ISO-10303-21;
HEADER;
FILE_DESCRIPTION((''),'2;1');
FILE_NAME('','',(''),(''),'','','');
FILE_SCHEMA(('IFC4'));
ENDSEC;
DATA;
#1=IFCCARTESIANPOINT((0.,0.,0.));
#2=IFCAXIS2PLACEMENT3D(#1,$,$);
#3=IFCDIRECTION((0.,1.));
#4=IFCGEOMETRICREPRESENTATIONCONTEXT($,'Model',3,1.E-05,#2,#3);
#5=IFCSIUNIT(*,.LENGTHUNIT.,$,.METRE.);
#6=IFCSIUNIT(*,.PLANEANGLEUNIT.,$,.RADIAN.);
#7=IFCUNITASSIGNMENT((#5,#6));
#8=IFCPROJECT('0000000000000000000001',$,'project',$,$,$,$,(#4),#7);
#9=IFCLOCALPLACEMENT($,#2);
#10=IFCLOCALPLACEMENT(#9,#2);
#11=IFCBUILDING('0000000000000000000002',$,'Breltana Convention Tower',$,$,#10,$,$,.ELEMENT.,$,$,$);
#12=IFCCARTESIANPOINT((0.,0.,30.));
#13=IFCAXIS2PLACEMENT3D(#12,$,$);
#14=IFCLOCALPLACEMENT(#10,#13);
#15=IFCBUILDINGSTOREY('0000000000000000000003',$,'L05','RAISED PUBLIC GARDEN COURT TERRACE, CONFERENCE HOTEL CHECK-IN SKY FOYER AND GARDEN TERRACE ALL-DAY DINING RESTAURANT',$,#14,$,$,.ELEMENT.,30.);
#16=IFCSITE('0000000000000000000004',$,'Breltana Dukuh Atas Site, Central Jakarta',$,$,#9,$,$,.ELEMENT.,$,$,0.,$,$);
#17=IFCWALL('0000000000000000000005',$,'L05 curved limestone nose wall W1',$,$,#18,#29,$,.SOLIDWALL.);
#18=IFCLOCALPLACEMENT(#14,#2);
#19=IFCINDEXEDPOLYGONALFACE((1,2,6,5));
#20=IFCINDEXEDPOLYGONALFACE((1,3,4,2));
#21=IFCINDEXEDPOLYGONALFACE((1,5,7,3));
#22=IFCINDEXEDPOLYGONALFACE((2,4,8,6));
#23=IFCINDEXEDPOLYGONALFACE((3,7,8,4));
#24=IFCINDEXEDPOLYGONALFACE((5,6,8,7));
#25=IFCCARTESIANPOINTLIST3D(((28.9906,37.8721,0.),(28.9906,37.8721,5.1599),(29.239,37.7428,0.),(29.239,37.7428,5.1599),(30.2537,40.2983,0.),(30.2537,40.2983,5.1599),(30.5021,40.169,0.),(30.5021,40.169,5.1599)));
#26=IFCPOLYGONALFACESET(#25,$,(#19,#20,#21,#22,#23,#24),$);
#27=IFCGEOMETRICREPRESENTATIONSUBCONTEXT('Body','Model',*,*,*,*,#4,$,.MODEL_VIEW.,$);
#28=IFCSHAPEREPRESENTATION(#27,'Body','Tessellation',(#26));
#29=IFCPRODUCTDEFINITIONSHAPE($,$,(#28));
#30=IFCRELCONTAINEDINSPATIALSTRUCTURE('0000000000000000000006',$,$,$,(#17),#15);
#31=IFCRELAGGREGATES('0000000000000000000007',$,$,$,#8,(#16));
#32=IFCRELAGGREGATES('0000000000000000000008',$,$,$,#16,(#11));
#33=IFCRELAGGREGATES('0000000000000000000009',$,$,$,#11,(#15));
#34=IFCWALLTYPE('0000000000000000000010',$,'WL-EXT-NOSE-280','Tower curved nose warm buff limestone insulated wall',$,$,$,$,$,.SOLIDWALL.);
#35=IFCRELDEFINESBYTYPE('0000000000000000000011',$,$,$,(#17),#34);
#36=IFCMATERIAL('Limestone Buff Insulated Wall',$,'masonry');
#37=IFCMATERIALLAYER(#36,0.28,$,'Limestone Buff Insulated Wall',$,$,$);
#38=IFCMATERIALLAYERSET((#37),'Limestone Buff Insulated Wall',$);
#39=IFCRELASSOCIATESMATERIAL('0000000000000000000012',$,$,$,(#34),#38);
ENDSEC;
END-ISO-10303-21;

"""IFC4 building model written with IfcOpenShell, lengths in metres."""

from ifc_helpers import new_model, si_unit, direction, frame, frame_2d, origin, place, context, subcontext, project, spatial, rectangle, extrude, source, transform, mapped, material, layer, layer_set, type_object, element, save


model = new_model("IFC4")

# Units and contexts
model_context = context("Model", 3, precision=1e-05, world=origin(), true_north=direction((0.0, 1.0)))
body_context = subcontext(model_context, "Body", "Model", "MODEL_VIEW")
ifc_project = project(units=[si_unit("LENGTHUNIT", "METRE"), si_unit("PLANEANGLEUNIT", "RADIAN")], contexts=[model_context])

# Site, building, storey
site_placement = place(None, origin())
site = spatial("IfcSite", under=ifc_project, at=site_placement, Name="Breltana Dukuh Atas Site, Central Jakarta", CompositionType="ELEMENT", RefElevation=0.0)
building_placement = place(site_placement, origin())
building = spatial("IfcBuilding", under=site, at=building_placement, Name="Breltana Convention Tower", CompositionType="ELEMENT")
storey_placement = place(building_placement, frame((0.0, 0.0, 30.0)))
storey = spatial("IfcBuildingStorey", under=building, at=storey_placement, Name="L05", Description="RAISED PUBLIC GARDEN COURT TERRACE, CONFERENCE HOTEL CHECK-IN SKY FOYER AND GARDEN TERRACE ALL-DAY DINING RESTAURANT", CompositionType="ELEMENT", Elevation=30.0)

# Wall
ifc_material_1 = material(Name="Limestone Buff Insulated Wall", Category="masonry")
ifc_layer_1 = layer(ifc_material_1, 0.28, Name="Limestone Buff Insulated Wall")
ifc_layer_set_1 = layer_set([ifc_layer_1], Name="Limestone Buff Insulated Wall")
wall_type = type_object("IfcWallType", Name="WL-EXT-NOSE-280", Description="Tower curved nose warm buff limestone insulated wall", PredefinedType="SOLIDWALL", material=ifc_layer_set_1)
shared_shape_1 = source(origin(), body_context, "Body", "SweptSolid", [
    extrude(rectangle(XDim=2.7354, YDim=0.28, at=frame_2d((1.3677, 0.0))), origin(), (0.0, 0.0, 1.0), 5.1599),
])
wall_placement = place(storey_placement, frame((30.3779, 40.2336, 0.0), z_axis=(0.0, 0.0, 1.0), x_axis=(-0.461791, -0.886989, 0.0)))
element("IfcWall", 1, at=wall_placement, inside=storey, type_object=wall_type, Name="L05 curved limestone nose wall W1", PredefinedType="SOLIDWALL", context=body_context, shape_type="MappedRepresentation", body=[
    mapped(shared_shape_1, transform((0.0, 0.0, 0.0), scale=1.0)),
])

save(model, "model.ifc")
